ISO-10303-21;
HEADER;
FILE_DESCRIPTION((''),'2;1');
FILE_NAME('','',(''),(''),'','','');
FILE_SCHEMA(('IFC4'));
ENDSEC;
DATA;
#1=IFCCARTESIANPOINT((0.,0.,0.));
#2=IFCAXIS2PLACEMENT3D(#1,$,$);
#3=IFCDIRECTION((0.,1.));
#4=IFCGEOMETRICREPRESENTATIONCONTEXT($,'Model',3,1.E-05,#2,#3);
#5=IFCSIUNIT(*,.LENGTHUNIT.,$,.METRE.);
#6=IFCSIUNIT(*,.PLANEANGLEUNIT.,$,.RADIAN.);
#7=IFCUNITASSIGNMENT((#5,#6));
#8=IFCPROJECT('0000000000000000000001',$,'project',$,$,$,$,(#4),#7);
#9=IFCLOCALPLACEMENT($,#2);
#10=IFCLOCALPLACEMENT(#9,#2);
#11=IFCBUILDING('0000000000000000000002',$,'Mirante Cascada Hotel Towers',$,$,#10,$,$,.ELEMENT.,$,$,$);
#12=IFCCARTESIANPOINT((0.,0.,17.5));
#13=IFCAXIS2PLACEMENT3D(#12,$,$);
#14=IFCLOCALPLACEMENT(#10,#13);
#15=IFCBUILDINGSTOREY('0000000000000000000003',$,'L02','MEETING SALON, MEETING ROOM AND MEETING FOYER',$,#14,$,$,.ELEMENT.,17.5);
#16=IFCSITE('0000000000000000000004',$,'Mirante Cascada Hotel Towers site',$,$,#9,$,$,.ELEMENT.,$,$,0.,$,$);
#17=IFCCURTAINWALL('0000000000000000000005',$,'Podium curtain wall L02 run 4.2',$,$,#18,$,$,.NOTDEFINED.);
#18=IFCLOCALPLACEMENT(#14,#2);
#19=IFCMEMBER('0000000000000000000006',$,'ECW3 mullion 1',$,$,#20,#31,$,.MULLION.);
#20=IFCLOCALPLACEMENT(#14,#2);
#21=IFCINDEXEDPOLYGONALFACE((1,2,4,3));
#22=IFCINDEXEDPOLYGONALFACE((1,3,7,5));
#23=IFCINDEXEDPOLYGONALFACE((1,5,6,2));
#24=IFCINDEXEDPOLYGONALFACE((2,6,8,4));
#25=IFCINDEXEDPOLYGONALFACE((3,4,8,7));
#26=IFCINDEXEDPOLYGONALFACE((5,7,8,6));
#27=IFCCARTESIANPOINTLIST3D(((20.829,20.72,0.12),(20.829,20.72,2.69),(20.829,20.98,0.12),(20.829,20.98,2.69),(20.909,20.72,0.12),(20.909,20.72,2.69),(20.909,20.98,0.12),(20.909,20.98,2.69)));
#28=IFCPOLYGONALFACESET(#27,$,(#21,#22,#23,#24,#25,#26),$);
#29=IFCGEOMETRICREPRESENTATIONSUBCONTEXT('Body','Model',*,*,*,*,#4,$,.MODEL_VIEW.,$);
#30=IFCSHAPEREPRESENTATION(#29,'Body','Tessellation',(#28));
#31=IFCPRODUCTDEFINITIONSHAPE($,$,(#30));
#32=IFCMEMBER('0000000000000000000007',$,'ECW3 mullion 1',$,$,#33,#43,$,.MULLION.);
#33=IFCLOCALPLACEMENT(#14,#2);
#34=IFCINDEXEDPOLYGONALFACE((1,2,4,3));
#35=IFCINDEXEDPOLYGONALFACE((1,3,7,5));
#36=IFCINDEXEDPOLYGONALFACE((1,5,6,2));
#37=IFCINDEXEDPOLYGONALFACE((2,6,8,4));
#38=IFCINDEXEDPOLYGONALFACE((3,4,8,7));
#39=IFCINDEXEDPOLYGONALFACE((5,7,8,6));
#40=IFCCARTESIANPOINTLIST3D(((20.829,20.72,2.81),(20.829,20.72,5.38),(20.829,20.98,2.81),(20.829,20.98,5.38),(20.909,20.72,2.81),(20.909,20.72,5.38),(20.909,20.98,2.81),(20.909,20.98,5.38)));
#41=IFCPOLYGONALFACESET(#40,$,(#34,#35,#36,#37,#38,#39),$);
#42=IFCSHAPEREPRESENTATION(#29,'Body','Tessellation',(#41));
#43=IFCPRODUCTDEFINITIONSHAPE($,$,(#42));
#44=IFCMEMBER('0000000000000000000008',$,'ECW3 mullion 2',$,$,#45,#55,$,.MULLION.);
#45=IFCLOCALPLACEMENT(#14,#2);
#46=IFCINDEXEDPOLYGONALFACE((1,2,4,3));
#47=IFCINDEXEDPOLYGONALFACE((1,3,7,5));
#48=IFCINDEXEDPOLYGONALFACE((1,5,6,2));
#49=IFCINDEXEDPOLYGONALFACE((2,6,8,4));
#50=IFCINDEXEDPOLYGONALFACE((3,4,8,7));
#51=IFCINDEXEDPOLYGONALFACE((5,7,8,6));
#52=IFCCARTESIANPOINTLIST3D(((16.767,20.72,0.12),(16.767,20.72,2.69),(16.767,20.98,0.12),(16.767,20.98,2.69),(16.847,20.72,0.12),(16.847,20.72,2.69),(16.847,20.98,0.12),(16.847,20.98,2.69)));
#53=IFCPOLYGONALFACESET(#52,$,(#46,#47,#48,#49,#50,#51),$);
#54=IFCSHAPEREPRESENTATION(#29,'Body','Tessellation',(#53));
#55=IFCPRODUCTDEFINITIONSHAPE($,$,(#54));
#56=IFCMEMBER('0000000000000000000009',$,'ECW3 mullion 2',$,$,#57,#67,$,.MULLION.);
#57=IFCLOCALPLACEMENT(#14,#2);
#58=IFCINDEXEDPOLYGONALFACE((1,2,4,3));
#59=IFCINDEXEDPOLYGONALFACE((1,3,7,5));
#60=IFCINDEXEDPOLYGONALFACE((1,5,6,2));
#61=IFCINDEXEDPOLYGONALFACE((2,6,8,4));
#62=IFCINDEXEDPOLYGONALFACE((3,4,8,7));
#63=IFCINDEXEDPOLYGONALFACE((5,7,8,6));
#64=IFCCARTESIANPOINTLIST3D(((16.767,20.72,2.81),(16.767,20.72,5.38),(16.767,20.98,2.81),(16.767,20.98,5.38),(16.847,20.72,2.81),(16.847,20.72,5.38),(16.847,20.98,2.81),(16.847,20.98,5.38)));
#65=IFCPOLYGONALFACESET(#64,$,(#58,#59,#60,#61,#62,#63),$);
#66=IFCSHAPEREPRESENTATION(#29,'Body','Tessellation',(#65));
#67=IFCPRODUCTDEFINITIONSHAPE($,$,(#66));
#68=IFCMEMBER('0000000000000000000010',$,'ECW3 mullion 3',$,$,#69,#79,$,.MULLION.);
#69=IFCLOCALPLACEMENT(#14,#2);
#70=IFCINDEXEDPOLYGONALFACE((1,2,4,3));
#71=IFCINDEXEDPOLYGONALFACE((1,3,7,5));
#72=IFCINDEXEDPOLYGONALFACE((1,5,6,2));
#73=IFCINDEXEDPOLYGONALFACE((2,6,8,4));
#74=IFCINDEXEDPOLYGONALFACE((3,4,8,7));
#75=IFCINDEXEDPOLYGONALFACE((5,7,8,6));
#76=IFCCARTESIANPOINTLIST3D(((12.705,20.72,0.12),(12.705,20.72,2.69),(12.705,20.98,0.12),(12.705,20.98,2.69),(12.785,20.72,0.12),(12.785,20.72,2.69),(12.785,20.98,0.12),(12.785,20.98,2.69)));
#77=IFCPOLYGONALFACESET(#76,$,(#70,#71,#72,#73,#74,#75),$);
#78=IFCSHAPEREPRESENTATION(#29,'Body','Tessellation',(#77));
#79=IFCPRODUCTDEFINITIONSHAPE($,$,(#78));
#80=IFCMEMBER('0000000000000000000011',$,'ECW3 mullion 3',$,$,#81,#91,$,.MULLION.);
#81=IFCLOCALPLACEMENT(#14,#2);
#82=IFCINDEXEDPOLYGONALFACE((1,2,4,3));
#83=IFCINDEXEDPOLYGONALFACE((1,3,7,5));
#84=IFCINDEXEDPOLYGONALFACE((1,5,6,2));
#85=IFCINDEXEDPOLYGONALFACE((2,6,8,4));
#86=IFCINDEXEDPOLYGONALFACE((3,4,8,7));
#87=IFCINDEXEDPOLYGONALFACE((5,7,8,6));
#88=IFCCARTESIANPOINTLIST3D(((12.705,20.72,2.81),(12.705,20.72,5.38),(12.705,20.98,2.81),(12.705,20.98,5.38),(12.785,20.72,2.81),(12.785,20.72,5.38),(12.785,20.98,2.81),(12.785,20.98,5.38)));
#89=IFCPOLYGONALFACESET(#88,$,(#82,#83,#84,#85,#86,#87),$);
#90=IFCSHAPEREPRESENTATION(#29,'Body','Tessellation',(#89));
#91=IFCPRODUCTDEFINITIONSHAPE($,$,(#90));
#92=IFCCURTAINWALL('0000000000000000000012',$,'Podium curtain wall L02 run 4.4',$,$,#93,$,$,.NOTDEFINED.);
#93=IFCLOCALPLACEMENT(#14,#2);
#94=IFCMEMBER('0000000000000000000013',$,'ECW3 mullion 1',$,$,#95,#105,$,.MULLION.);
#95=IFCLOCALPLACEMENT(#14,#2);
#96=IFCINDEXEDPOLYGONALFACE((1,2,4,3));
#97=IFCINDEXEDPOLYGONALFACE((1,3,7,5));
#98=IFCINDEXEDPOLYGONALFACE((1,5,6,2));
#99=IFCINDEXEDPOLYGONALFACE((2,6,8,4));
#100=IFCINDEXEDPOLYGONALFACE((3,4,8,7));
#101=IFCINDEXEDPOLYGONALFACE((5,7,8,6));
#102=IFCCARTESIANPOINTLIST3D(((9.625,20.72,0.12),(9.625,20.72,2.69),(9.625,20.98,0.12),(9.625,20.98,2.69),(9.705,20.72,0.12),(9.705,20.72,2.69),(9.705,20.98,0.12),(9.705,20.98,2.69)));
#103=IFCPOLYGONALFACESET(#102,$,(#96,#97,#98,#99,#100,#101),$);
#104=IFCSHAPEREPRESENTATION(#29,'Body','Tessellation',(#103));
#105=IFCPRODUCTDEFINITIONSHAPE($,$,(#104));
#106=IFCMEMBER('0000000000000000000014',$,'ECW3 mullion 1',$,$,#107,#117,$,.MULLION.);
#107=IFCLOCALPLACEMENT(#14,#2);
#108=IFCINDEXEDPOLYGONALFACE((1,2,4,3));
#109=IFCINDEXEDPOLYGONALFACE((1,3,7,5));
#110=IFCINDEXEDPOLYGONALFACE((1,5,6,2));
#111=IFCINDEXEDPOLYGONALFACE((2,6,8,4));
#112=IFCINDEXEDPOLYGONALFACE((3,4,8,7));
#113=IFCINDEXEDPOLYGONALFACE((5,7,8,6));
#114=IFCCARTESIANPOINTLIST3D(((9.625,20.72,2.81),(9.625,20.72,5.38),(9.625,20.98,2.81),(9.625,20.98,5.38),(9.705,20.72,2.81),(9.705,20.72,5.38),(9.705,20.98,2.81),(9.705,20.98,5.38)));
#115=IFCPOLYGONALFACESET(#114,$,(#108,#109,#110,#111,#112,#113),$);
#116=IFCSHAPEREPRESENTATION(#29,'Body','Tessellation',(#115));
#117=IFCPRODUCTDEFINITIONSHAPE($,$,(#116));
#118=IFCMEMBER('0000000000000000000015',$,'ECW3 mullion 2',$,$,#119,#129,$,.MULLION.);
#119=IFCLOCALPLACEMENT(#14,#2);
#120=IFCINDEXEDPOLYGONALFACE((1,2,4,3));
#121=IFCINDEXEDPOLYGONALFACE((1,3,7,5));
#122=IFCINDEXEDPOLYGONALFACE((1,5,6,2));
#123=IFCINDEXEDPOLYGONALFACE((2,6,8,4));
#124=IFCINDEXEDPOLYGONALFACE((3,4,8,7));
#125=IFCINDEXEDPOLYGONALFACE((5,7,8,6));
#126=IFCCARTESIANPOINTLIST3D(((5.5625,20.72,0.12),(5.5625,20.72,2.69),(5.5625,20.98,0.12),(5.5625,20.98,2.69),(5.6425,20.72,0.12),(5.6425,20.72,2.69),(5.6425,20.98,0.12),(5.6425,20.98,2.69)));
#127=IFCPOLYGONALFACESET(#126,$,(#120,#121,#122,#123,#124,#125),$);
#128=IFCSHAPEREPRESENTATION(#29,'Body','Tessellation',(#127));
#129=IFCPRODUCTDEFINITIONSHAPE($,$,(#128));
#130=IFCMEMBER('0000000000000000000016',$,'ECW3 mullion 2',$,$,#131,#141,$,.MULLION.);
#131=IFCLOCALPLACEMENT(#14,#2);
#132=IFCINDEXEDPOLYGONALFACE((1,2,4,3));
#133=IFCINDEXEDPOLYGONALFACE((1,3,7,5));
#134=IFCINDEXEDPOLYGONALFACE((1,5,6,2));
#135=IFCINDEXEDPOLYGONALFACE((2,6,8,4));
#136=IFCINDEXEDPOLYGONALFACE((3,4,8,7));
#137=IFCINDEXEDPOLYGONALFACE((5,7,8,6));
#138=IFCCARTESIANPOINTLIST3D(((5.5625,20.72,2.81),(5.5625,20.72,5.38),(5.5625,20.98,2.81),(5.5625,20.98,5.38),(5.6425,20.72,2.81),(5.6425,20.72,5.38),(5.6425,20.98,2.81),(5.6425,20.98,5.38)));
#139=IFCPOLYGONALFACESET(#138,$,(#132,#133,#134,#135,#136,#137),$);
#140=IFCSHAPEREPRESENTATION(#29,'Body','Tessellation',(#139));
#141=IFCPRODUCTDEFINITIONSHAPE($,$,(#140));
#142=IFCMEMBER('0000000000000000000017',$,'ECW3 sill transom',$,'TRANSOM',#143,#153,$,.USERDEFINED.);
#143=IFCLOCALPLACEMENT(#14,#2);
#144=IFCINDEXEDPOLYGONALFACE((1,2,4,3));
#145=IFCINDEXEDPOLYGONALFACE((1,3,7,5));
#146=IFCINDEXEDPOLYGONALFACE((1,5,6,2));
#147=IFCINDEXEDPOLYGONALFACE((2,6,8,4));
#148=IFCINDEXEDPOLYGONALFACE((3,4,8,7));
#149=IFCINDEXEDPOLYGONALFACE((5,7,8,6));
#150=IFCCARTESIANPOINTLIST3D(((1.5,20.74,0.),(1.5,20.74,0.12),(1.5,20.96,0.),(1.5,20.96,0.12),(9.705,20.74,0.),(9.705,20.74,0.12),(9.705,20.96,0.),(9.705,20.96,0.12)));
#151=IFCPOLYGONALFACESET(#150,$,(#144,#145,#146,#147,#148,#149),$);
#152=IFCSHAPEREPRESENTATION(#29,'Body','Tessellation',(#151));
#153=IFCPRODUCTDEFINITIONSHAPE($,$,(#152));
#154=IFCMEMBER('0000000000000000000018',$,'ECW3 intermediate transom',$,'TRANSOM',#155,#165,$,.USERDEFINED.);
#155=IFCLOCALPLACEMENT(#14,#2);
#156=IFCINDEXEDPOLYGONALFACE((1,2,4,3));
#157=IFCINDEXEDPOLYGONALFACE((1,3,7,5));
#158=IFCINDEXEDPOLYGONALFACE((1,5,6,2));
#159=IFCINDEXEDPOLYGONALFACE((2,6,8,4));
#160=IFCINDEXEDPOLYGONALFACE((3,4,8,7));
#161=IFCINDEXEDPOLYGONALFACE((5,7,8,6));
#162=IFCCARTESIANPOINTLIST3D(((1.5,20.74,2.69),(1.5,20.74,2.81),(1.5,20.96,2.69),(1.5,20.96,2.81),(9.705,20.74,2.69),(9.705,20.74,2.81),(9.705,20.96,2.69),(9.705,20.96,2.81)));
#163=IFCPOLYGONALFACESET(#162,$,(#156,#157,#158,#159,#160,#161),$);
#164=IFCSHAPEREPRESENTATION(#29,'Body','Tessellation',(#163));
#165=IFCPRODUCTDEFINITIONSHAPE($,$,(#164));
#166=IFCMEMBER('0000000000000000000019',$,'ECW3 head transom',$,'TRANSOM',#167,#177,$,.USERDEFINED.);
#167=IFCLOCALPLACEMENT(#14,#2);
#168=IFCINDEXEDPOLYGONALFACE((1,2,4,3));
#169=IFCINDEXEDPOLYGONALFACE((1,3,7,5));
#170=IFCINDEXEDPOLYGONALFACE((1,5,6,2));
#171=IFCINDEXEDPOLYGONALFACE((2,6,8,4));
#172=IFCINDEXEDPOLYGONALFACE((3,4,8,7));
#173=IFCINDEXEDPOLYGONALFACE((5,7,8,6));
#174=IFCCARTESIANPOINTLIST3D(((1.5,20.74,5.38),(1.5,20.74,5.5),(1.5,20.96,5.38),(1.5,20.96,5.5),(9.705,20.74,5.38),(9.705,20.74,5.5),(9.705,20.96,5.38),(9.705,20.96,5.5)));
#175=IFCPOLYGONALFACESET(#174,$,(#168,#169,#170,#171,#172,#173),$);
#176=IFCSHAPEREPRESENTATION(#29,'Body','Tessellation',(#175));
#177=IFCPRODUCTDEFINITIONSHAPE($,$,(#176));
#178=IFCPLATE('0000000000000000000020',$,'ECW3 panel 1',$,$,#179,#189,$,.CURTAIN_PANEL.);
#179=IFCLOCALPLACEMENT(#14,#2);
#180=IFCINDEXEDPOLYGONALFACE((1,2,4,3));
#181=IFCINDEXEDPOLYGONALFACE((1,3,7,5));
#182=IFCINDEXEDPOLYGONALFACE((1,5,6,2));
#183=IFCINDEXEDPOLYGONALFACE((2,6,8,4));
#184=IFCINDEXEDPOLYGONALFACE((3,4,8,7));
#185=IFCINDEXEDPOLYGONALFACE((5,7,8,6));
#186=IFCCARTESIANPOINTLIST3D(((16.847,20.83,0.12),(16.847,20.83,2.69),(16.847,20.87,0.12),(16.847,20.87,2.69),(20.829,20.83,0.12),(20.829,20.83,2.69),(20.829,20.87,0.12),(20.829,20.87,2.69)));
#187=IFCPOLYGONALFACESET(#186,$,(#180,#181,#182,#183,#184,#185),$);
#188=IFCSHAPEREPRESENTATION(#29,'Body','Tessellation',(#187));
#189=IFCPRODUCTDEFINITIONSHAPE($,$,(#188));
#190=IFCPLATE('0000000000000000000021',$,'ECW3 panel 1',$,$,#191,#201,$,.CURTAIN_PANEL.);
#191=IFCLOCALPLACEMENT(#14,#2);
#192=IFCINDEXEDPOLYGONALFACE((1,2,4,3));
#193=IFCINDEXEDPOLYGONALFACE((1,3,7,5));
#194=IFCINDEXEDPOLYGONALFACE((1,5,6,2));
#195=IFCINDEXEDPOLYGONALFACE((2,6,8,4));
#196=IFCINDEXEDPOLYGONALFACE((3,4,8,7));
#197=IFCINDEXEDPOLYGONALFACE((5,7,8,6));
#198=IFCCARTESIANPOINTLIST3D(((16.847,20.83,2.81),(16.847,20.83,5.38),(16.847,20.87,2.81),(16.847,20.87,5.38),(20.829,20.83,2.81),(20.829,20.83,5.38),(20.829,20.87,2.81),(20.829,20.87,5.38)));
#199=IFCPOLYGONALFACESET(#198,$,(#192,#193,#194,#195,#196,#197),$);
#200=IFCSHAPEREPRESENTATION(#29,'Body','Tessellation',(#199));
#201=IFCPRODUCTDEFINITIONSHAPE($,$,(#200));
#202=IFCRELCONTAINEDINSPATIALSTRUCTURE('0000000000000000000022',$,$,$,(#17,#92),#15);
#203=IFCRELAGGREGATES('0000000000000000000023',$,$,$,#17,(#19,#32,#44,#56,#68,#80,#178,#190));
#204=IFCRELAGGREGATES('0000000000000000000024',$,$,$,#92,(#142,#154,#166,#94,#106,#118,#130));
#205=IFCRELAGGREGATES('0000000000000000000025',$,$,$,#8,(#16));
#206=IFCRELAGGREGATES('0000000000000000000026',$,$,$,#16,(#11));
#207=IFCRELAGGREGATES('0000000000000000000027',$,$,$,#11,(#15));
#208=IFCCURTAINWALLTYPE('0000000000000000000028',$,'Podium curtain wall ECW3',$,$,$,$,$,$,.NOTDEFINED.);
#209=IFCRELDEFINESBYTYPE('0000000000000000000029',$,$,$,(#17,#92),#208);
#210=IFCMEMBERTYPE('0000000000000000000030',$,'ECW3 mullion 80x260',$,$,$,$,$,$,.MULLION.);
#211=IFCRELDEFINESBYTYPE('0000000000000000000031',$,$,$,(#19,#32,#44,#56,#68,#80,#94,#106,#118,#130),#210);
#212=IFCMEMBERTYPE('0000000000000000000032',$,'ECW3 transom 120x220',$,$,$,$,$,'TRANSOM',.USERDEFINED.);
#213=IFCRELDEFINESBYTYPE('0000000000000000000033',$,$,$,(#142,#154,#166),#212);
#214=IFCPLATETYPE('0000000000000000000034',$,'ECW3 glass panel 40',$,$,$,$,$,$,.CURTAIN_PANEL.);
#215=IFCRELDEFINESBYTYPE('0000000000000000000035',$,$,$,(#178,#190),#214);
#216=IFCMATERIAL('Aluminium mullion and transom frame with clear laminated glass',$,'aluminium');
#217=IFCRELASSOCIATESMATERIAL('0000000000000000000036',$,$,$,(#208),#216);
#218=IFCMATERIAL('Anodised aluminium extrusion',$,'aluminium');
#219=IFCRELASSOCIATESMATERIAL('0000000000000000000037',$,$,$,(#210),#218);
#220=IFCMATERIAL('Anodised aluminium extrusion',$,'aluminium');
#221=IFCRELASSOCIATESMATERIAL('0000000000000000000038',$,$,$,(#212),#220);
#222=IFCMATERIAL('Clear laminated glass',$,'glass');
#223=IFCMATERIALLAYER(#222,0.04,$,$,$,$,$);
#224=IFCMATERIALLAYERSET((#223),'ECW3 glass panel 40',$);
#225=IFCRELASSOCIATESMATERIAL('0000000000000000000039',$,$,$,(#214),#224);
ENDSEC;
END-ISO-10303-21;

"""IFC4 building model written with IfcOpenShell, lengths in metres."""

from ifc_helpers import new_model, si_unit, direction, frame, origin, origin_2d, place, context, subcontext, project, spatial, rectangle, extrude, material, layer, layer_set, material_profile, profile_set, type_object, element, aggregate, save


model = new_model("IFC4")

# Units and contexts
model_context = context("Model", 3, precision=1e-05, world=origin(), true_north=direction((0.0, 1.0)))
body_context = subcontext(model_context, "Body", "Model", "MODEL_VIEW")
ifc_project = project(units=[si_unit("LENGTHUNIT", "METRE"), si_unit("PLANEANGLEUNIT", "RADIAN")], contexts=[model_context])

# Site, building, storey
site_placement = place(None, origin())
site = spatial("IfcSite", under=ifc_project, at=site_placement, Name="Mirante Cascada Hotel Towers site", CompositionType="ELEMENT", RefElevation=0.0)
building_placement = place(site_placement, origin())
building = spatial("IfcBuilding", under=site, at=building_placement, Name="Mirante Cascada Hotel Towers", CompositionType="ELEMENT")
storey_placement = place(building_placement, frame((0.0, 0.0, 17.5)))
storey = spatial("IfcBuildingStorey", under=building, at=storey_placement, Name="L02", Description="MEETING SALON, MEETING ROOM AND MEETING FOYER", CompositionType="ELEMENT", Elevation=17.5)

# Curtain walls, members
ifc_material_1 = material(Name="Aluminium mullion and transom frame with clear laminated glass", Category="aluminium")
curtain_wall_type = type_object("IfcCurtainWallType", Name="Podium curtain wall ECW3", PredefinedType="NOTDEFINED", material=ifc_material_1)
curtain_wall_1_placement = place(storey_placement, origin())
curtain_wall_1 = element("IfcCurtainWall", 1, at=curtain_wall_1_placement, inside=storey, type_object=curtain_wall_type, Name="Podium curtain wall L02 run 4.2", PredefinedType="NOTDEFINED")
ifc_material_2 = material(Name="Anodised aluminium extrusion", Category="aluminium")
ifc_material_profile_1 = material_profile(ifc_material_2, rectangle(XDim=0.26, YDim=0.08, at=origin_2d()), Name="ECW3 MULLION 80x260")
ifc_profile_set_1 = profile_set([ifc_material_profile_1], Name="Anodised aluminium extrusion")
member_type_1 = type_object("IfcMemberType", Name="ECW3 mullion 80x260", PredefinedType="MULLION", material=ifc_profile_set_1)
member_1_placement = place(storey_placement, frame((20.869, 20.85, 0.12), z_axis=(0.0, 0.0, 1.0), x_axis=(0.0, -1.0, 0.0)))
member_1 = element("IfcMember", 2, at=member_1_placement, type_object=member_type_1, Name="ECW3 mullion 1", PredefinedType="MULLION", context=body_context, shape_type="SweptSolid", body=[
    extrude(rectangle(XDim=0.26, YDim=0.08, at=origin_2d()), origin(), (0.0, 0.0, 1.0), 2.57),
])
member_2_placement = place(storey_placement, frame((20.869, 20.85, 2.81), z_axis=(0.0, 0.0, 1.0), x_axis=(0.0, -1.0, 0.0)))
member_2 = element("IfcMember", 3, at=member_2_placement, type_object=member_type_1, Name="ECW3 mullion 1", PredefinedType="MULLION", context=body_context, shape_type="SweptSolid", body=[
    extrude(rectangle(XDim=0.26, YDim=0.08, at=origin_2d()), origin(), (0.0, 0.0, 1.0), 2.57),
])
member_3_placement = place(storey_placement, frame((16.807, 20.85, 0.12), z_axis=(0.0, 0.0, 1.0), x_axis=(0.0, -1.0, 0.0)))
member_3 = element("IfcMember", 4, at=member_3_placement, type_object=member_type_1, Name="ECW3 mullion 2", PredefinedType="MULLION", context=body_context, shape_type="SweptSolid", body=[
    extrude(rectangle(XDim=0.26, YDim=0.08, at=origin_2d()), origin(), (0.0, 0.0, 1.0), 2.57),
])
member_4_placement = place(storey_placement, frame((16.807, 20.85, 2.81), z_axis=(0.0, 0.0, 1.0), x_axis=(0.0, -1.0, 0.0)))
member_4 = element("IfcMember", 5, at=member_4_placement, type_object=member_type_1, Name="ECW3 mullion 2", PredefinedType="MULLION", context=body_context, shape_type="SweptSolid", body=[
    extrude(rectangle(XDim=0.26, YDim=0.08, at=origin_2d()), origin(), (0.0, 0.0, 1.0), 2.57),
])
member_5_placement = place(storey_placement, frame((12.745, 20.85, 0.12), z_axis=(0.0, 0.0, 1.0), x_axis=(0.0, -1.0, 0.0)))
member_5 = element("IfcMember", 6, at=member_5_placement, type_object=member_type_1, Name="ECW3 mullion 3", PredefinedType="MULLION", context=body_context, shape_type="SweptSolid", body=[
    extrude(rectangle(XDim=0.26, YDim=0.08, at=origin_2d()), origin(), (0.0, 0.0, 1.0), 2.57),
])
member_6_placement = place(storey_placement, frame((12.745, 20.85, 2.81), z_axis=(0.0, 0.0, 1.0), x_axis=(0.0, -1.0, 0.0)))
member_6 = element("IfcMember", 7, at=member_6_placement, type_object=member_type_1, Name="ECW3 mullion 3", PredefinedType="MULLION", context=body_context, shape_type="SweptSolid", body=[
    extrude(rectangle(XDim=0.26, YDim=0.08, at=origin_2d()), origin(), (0.0, 0.0, 1.0), 2.57),
])
curtain_wall_2_placement = place(storey_placement, origin())
curtain_wall_2 = element("IfcCurtainWall", 8, at=curtain_wall_2_placement, inside=storey, type_object=curtain_wall_type, Name="Podium curtain wall L02 run 4.4", PredefinedType="NOTDEFINED")
member_7_placement = place(storey_placement, frame((9.665, 20.85, 0.12), z_axis=(0.0, 0.0, 1.0), x_axis=(0.0, -1.0, 0.0)))
member_7 = element("IfcMember", 9, at=member_7_placement, type_object=member_type_1, Name="ECW3 mullion 1", PredefinedType="MULLION", context=body_context, shape_type="SweptSolid", body=[
    extrude(rectangle(XDim=0.26, YDim=0.08, at=origin_2d()), origin(), (0.0, 0.0, 1.0), 2.57),
])
member_8_placement = place(storey_placement, frame((9.665, 20.85, 2.81), z_axis=(0.0, 0.0, 1.0), x_axis=(0.0, -1.0, 0.0)))
member_8 = element("IfcMember", 10, at=member_8_placement, type_object=member_type_1, Name="ECW3 mullion 1", PredefinedType="MULLION", context=body_context, shape_type="SweptSolid", body=[
    extrude(rectangle(XDim=0.26, YDim=0.08, at=origin_2d()), origin(), (0.0, 0.0, 1.0), 2.57),
])
member_9_placement = place(storey_placement, frame((5.6025, 20.85, 0.12), z_axis=(0.0, 0.0, 1.0), x_axis=(0.0, -1.0, 0.0)))
member_9 = element("IfcMember", 11, at=member_9_placement, type_object=member_type_1, Name="ECW3 mullion 2", PredefinedType="MULLION", context=body_context, shape_type="SweptSolid", body=[
    extrude(rectangle(XDim=0.26, YDim=0.08, at=origin_2d()), origin(), (0.0, 0.0, 1.0), 2.57),
])
member_10_placement = place(storey_placement, frame((5.6025, 20.85, 2.81), z_axis=(0.0, 0.0, 1.0), x_axis=(0.0, -1.0, 0.0)))
member_10 = element("IfcMember", 12, at=member_10_placement, type_object=member_type_1, Name="ECW3 mullion 2", PredefinedType="MULLION", context=body_context, shape_type="SweptSolid", body=[
    extrude(rectangle(XDim=0.26, YDim=0.08, at=origin_2d()), origin(), (0.0, 0.0, 1.0), 2.57),
])
ifc_material_3 = material(Name="Anodised aluminium extrusion", Category="aluminium")
ifc_material_profile_2 = material_profile(ifc_material_3, rectangle(XDim=0.22, YDim=0.12, at=origin_2d()), Name="ECW3 TRANSOM 120x220")
ifc_profile_set_2 = profile_set([ifc_material_profile_2], Name="Anodised aluminium extrusion")
member_type_2 = type_object("IfcMemberType", Name="ECW3 transom 120x220", ElementType="TRANSOM", PredefinedType="USERDEFINED", material=ifc_profile_set_2)
member_11_placement = place(storey_placement, frame((9.705, 20.85, 0.06), z_axis=(-1.0, 0.0, 0.0), x_axis=(0.0, -1.0, 0.0)))
member_11 = element("IfcMember", 13, at=member_11_placement, type_object=member_type_2, Name="ECW3 sill transom", ObjectType="TRANSOM", PredefinedType="USERDEFINED", context=body_context, shape_type="SweptSolid", body=[
    extrude(rectangle(XDim=0.22, YDim=0.12, at=origin_2d()), origin(), (0.0, 0.0, 1.0), 8.205),
])
member_12_placement = place(storey_placement, frame((9.705, 20.85, 2.75), z_axis=(-1.0, 0.0, 0.0), x_axis=(0.0, -1.0, 0.0)))
member_12 = element("IfcMember", 14, at=member_12_placement, type_object=member_type_2, Name="ECW3 intermediate transom", ObjectType="TRANSOM", PredefinedType="USERDEFINED", context=body_context, shape_type="SweptSolid", body=[
    extrude(rectangle(XDim=0.22, YDim=0.12, at=origin_2d()), origin(), (0.0, 0.0, 1.0), 8.205),
])
member_13_placement = place(storey_placement, frame((9.705, 20.85, 5.44), z_axis=(-1.0, 0.0, 0.0), x_axis=(0.0, -1.0, 0.0)))
member_13 = element("IfcMember", 15, at=member_13_placement, type_object=member_type_2, Name="ECW3 head transom", ObjectType="TRANSOM", PredefinedType="USERDEFINED", context=body_context, shape_type="SweptSolid", body=[
    extrude(rectangle(XDim=0.22, YDim=0.12, at=origin_2d()), origin(), (0.0, 0.0, 1.0), 8.205),
])

# Plates
ifc_material_4 = material(Name="Clear laminated glass", Category="glass")
ifc_layer_1 = layer(ifc_material_4, 0.04)
ifc_layer_set_1 = layer_set([ifc_layer_1], Name="ECW3 glass panel 40")
plate_type = type_object("IfcPlateType", Name="ECW3 glass panel 40", PredefinedType="CURTAIN_PANEL", material=ifc_layer_set_1)
plate_1_placement = place(storey_placement, frame((18.838, 20.85, 0.12), z_axis=(0.0, 0.0, 1.0), x_axis=(-1.0, 0.0, 0.0)))
plate_1 = element("IfcPlate", 16, at=plate_1_placement, type_object=plate_type, Name="ECW3 panel 1", PredefinedType="CURTAIN_PANEL", context=body_context, shape_type="SweptSolid", body=[
    extrude(rectangle(XDim=3.982, YDim=0.04, at=origin_2d()), origin(), (0.0, 0.0, 1.0), 2.57),
])
plate_2_placement = place(storey_placement, frame((18.838, 20.85, 2.81), z_axis=(0.0, 0.0, 1.0), x_axis=(-1.0, 0.0, 0.0)))
plate_2 = element("IfcPlate", 17, at=plate_2_placement, type_object=plate_type, Name="ECW3 panel 1", PredefinedType="CURTAIN_PANEL", context=body_context, shape_type="SweptSolid", body=[
    extrude(rectangle(XDim=3.982, YDim=0.04, at=origin_2d()), origin(), (0.0, 0.0, 1.0), 2.57),
])
aggregate(curtain_wall_1, [member_1, member_2, member_3, member_4, member_5, member_6, plate_1, plate_2])
aggregate(curtain_wall_2, [member_11, member_12, member_13, member_7, member_8, member_9, member_10])

save(model, "model.ifc")
